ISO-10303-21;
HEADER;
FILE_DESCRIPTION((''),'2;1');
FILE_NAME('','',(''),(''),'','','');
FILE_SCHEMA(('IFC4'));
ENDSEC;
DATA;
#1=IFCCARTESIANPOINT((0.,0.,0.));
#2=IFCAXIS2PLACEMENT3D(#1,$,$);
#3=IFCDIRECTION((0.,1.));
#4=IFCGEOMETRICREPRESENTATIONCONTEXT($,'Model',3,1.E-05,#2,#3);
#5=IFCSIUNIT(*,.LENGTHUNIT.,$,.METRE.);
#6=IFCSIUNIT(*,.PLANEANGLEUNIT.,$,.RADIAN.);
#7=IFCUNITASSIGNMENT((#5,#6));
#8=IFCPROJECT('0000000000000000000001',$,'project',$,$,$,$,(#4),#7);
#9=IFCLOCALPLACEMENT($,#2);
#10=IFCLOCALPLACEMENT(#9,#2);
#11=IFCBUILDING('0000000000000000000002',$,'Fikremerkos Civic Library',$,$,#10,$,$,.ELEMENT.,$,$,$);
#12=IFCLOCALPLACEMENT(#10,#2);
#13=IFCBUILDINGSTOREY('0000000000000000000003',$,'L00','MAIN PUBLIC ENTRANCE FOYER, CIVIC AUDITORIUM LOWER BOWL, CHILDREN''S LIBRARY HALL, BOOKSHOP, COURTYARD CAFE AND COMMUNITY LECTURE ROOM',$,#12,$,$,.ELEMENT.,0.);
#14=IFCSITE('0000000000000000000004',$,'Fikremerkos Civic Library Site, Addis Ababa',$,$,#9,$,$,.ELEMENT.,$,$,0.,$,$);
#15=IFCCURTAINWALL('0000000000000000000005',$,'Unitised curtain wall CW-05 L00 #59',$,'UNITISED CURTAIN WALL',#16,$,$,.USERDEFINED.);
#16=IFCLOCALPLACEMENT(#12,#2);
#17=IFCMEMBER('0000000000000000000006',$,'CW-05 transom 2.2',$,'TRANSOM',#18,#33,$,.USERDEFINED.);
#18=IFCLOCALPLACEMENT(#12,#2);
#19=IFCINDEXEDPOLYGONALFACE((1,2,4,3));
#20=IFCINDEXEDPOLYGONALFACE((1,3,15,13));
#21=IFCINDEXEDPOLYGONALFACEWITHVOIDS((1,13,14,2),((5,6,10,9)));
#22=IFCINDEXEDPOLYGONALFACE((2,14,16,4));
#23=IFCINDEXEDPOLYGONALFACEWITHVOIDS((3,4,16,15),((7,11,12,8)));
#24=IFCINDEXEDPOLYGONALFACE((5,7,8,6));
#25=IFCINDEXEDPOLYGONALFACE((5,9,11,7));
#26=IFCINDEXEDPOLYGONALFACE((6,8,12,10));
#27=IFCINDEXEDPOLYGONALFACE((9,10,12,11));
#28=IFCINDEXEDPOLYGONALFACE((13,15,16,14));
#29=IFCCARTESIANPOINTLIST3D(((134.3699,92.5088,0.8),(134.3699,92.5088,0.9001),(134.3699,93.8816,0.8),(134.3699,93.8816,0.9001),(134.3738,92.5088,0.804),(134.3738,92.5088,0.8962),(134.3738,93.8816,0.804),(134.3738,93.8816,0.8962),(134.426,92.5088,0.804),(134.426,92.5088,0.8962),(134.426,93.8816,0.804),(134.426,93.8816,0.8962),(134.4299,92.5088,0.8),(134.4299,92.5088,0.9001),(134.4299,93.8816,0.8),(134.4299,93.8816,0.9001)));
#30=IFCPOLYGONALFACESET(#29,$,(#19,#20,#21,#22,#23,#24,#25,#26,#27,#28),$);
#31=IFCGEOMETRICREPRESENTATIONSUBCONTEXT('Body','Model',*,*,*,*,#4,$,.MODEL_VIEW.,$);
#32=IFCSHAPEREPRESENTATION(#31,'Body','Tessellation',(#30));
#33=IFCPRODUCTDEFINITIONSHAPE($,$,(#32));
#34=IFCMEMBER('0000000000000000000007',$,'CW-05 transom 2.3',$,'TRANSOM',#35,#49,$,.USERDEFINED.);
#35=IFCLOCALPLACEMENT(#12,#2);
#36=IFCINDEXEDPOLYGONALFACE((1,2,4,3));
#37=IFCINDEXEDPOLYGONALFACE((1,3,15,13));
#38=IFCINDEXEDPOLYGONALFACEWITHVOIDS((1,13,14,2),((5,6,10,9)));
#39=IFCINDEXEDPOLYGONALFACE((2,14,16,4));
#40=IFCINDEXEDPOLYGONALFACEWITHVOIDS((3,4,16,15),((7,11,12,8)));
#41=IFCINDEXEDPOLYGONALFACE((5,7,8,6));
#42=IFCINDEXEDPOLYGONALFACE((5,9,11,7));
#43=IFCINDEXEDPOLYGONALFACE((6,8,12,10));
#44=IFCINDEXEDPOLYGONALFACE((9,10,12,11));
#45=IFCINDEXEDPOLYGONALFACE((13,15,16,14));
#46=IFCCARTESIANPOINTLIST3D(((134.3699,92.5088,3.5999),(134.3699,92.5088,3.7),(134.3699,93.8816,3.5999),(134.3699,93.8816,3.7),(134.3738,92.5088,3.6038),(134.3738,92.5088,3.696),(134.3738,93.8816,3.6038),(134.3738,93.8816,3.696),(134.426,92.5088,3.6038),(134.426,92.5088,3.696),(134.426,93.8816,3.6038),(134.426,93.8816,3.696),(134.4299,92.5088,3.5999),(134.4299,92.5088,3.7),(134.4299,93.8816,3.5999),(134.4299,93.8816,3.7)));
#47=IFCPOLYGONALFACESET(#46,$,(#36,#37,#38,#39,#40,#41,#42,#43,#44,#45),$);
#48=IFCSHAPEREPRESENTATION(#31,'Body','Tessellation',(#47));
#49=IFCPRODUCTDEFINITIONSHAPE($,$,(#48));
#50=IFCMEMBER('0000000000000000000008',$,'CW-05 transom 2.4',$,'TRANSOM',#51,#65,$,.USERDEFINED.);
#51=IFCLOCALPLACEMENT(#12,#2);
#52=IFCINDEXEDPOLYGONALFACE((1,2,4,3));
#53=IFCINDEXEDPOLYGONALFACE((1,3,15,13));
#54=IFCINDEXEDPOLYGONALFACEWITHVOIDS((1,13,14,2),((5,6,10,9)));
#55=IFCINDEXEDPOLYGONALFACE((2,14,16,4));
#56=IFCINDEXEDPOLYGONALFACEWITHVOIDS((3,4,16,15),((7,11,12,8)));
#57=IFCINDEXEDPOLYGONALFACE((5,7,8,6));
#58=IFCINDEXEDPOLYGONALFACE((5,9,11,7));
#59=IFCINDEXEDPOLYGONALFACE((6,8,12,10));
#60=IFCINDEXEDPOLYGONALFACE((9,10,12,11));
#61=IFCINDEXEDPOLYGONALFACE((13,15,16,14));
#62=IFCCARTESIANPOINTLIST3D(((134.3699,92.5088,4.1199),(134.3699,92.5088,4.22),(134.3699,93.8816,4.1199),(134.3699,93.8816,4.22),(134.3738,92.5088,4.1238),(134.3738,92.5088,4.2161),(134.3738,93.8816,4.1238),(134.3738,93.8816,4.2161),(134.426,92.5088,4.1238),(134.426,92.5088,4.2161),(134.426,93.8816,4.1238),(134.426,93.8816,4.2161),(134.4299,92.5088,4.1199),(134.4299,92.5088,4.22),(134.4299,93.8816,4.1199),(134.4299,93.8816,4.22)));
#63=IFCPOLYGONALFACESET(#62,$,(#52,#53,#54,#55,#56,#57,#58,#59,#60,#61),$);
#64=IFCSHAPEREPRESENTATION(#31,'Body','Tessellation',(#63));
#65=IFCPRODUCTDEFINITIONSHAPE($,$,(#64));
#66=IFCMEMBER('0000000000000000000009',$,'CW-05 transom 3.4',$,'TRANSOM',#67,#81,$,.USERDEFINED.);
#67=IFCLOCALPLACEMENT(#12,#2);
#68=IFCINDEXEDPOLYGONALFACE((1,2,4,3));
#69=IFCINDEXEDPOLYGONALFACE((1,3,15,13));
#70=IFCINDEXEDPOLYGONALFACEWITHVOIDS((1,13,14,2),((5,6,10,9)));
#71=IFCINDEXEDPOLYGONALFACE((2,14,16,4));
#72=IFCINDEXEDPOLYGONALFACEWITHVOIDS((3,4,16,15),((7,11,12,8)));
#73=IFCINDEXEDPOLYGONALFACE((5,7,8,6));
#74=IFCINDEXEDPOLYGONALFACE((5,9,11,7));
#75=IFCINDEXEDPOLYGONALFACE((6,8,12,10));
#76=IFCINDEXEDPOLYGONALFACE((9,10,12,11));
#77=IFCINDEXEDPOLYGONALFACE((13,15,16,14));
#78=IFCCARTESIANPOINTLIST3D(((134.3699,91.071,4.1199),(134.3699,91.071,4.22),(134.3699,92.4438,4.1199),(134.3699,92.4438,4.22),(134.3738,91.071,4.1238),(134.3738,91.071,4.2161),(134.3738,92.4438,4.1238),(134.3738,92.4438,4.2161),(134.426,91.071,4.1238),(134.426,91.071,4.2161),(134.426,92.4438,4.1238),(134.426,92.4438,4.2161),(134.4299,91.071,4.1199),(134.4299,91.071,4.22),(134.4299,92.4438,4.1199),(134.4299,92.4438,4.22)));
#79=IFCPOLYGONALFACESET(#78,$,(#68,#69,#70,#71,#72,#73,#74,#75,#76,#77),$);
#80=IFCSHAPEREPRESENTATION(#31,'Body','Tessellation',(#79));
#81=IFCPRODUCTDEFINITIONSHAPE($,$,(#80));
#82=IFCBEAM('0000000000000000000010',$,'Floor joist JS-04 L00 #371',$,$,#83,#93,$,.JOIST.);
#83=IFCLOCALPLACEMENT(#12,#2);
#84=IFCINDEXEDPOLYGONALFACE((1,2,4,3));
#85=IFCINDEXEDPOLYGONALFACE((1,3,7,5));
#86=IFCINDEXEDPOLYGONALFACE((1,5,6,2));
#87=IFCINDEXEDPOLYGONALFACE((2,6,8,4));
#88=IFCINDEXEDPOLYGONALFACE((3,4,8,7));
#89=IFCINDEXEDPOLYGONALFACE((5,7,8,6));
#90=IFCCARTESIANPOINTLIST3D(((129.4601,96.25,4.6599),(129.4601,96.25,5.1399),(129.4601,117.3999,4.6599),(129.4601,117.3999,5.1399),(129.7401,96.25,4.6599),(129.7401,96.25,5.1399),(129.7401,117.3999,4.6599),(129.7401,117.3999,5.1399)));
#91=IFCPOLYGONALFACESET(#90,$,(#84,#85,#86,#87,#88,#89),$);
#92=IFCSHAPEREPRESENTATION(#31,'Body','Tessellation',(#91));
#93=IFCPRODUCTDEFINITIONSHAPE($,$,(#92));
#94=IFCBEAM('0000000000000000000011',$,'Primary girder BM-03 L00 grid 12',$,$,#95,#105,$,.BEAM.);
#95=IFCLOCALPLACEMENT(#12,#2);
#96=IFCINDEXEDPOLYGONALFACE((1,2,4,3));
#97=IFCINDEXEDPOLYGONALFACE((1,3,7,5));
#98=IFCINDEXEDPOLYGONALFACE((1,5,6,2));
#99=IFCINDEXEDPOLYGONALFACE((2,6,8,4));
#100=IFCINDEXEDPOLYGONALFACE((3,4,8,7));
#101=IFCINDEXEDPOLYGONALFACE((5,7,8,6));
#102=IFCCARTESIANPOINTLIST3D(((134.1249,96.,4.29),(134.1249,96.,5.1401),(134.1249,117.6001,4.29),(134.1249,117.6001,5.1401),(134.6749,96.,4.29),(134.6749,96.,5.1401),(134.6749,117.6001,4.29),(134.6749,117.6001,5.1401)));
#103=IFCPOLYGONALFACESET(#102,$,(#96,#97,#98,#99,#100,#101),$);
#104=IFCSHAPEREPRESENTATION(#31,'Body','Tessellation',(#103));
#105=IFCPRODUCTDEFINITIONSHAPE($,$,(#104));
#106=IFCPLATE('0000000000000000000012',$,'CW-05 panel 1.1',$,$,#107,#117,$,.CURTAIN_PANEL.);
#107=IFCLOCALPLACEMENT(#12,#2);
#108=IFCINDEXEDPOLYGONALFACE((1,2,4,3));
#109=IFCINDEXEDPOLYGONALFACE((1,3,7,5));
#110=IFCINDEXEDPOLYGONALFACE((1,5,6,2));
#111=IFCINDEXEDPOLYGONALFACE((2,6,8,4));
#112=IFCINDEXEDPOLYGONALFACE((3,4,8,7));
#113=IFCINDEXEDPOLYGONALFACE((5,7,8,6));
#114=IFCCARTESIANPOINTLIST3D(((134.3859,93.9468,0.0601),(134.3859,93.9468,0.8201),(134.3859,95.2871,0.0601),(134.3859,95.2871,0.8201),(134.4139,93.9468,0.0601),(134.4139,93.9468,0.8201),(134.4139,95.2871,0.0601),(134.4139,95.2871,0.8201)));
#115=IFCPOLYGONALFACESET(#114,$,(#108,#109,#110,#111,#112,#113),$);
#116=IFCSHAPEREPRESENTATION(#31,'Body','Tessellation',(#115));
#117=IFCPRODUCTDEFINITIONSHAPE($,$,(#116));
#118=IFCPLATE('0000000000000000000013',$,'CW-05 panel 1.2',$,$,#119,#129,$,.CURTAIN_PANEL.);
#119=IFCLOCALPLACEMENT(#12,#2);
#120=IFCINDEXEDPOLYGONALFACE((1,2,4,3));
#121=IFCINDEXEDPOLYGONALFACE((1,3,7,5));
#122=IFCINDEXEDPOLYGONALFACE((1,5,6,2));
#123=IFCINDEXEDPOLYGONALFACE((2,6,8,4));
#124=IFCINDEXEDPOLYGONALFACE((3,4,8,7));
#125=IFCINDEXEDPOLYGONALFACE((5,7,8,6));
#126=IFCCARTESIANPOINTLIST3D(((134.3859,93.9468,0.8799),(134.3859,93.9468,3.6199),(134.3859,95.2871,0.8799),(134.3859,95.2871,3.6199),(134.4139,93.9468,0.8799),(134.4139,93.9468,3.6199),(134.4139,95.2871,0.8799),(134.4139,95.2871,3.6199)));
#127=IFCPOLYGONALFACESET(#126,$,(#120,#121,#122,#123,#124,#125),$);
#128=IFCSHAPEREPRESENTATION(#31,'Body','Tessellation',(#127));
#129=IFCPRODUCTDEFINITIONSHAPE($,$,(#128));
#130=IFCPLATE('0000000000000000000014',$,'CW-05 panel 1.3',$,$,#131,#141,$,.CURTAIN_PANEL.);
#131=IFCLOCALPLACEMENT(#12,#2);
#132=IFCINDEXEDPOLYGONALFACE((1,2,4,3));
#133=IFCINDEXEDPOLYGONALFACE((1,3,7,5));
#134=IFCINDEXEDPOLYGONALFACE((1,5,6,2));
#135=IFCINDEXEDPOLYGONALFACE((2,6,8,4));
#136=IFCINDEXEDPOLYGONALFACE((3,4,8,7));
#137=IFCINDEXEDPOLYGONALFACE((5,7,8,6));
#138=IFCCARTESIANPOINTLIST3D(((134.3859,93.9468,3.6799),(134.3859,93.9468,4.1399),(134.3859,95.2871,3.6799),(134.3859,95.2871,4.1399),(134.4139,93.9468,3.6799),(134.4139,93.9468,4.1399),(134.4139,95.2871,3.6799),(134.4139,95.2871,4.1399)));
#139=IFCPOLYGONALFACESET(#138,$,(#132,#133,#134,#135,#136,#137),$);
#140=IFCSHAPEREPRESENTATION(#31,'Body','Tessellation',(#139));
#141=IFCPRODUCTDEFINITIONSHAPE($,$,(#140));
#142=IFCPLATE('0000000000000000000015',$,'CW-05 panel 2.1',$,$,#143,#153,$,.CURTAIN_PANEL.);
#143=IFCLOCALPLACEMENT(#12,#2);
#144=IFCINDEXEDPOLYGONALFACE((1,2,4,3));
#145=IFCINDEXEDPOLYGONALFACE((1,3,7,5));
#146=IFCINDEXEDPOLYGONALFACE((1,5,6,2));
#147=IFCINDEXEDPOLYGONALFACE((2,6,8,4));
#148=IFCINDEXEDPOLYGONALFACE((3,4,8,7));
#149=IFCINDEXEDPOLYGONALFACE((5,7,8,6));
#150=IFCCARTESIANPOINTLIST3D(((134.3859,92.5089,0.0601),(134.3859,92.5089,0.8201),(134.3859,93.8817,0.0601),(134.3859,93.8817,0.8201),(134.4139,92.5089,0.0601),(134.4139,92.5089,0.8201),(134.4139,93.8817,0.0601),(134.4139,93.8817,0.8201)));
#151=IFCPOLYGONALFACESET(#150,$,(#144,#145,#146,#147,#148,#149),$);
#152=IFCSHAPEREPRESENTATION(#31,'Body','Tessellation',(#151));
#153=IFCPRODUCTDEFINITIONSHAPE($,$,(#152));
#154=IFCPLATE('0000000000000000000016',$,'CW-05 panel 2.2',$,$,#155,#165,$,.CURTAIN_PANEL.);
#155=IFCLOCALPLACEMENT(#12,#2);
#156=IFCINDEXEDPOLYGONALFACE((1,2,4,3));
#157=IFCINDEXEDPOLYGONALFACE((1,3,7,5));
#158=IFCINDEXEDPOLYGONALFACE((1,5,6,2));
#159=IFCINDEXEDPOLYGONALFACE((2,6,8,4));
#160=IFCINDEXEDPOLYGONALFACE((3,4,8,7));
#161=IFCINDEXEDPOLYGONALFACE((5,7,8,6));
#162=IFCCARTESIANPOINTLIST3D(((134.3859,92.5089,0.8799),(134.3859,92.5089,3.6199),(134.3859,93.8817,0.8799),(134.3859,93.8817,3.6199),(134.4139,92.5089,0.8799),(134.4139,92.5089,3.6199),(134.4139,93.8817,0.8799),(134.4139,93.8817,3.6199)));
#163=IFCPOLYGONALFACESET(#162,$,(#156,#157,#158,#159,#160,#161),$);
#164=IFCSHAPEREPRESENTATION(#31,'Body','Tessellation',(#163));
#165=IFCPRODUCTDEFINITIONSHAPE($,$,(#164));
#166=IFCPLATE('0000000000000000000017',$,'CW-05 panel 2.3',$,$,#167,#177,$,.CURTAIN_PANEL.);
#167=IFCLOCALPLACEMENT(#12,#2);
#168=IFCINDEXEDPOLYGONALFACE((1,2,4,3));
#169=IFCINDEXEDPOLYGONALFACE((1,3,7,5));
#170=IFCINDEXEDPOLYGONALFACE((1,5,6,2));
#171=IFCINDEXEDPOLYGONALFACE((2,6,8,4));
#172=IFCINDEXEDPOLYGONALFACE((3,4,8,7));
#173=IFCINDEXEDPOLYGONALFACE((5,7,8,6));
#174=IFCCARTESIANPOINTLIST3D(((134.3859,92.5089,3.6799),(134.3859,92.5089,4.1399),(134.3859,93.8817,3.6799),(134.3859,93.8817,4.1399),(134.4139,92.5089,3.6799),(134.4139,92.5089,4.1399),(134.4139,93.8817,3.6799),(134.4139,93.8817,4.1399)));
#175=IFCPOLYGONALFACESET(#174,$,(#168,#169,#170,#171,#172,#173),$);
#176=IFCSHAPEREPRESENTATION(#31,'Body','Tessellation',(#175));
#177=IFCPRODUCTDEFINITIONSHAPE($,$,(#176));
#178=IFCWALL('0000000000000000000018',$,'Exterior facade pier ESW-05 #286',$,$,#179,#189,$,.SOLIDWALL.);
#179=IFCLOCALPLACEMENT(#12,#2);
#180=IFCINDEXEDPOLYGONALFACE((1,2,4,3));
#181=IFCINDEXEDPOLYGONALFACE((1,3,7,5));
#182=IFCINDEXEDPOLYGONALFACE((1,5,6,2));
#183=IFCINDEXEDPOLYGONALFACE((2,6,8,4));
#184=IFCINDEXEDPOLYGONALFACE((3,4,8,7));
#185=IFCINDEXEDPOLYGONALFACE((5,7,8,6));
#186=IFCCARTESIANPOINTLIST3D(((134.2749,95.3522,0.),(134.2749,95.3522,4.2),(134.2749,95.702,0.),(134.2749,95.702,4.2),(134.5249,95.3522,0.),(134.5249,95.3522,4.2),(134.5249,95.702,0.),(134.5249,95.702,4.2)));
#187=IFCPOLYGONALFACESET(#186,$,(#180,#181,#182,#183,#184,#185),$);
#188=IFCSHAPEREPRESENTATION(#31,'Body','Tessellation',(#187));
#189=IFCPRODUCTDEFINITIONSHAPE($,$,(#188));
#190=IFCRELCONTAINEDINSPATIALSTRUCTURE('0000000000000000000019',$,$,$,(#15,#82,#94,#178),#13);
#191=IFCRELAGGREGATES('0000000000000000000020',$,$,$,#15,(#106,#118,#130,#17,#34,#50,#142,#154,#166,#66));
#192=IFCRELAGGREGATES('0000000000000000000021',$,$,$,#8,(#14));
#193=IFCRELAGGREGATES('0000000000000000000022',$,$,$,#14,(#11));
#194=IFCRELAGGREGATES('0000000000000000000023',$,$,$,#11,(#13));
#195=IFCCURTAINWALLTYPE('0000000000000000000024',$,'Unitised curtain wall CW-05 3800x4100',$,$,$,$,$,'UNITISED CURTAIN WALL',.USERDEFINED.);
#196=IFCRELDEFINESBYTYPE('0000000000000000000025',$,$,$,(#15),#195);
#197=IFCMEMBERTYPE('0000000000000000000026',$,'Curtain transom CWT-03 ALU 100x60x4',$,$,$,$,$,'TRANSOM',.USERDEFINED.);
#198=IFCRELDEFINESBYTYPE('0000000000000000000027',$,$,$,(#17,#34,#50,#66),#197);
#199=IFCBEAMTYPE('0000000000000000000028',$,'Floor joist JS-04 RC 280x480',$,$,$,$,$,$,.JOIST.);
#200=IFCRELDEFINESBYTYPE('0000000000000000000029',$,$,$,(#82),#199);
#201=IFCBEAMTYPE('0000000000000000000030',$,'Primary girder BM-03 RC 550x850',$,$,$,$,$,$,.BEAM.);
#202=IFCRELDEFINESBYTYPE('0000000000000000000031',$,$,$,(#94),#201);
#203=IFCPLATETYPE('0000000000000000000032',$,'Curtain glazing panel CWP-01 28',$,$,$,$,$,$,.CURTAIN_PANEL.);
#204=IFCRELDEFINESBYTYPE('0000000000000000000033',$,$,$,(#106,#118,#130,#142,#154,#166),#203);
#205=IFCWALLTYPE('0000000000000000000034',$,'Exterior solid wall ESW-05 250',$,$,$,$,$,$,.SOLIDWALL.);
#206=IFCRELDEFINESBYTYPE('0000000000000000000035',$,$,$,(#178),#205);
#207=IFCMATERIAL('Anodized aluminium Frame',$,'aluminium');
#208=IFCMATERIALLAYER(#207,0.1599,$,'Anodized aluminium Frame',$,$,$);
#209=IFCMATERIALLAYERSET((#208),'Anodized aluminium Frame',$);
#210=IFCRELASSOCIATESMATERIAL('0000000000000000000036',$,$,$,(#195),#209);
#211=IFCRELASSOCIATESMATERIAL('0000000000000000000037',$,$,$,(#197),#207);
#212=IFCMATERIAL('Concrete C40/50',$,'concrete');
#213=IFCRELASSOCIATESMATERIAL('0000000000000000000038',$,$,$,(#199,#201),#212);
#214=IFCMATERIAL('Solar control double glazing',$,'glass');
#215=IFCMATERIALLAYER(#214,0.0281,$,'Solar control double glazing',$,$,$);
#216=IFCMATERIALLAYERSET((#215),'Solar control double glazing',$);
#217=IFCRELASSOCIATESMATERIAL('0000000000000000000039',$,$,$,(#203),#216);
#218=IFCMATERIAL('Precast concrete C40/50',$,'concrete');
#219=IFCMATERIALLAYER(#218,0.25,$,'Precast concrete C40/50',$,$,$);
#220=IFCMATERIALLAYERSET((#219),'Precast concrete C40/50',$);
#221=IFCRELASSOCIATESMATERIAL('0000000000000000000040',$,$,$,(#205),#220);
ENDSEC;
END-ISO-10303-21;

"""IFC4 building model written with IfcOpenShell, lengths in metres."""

from ifc_helpers import new_model, si_unit, direction, frame, frame_2d, origin, origin_2d, place, context, subcontext, project, spatial, rectangle, hollow_rectangle, extrude, material, layer, layer_set, material_profile, profile_set, type_object, element, aggregate, save


model = new_model("IFC4")

# Units and contexts
model_context = context("Model", 3, precision=1e-05, world=origin(), true_north=direction((0.0, 1.0)))
body_context = subcontext(model_context, "Body", "Model", "MODEL_VIEW")
ifc_project = project(units=[si_unit("LENGTHUNIT", "METRE"), si_unit("PLANEANGLEUNIT", "RADIAN")], contexts=[model_context])

# Site, building, storey
site_placement = place(None, origin())
site = spatial("IfcSite", under=ifc_project, at=site_placement, Name="Fikremerkos Civic Library Site, Addis Ababa", CompositionType="ELEMENT", RefElevation=0.0)
building_placement = place(site_placement, origin())
building = spatial("IfcBuilding", under=site, at=building_placement, Name="Fikremerkos Civic Library", CompositionType="ELEMENT")
storey_placement = place(building_placement, origin())
storey = spatial("IfcBuildingStorey", under=building, at=storey_placement, Name="L00", Description="MAIN PUBLIC ENTRANCE FOYER, CIVIC AUDITORIUM LOWER BOWL, CHILDREN'S LIBRARY HALL, BOOKSHOP, COURTYARD CAFE AND COMMUNITY LECTURE ROOM", CompositionType="ELEMENT", Elevation=0.0)

# Shared definitions
ifc_material_1 = material(Name="Concrete C40/50", Category="concrete")

# Curtain wall, members
ifc_material_2 = material(Name="Anodized aluminium Frame", Category="aluminium")
ifc_layer_1 = layer(ifc_material_2, 0.1599, Name="Anodized aluminium Frame")
ifc_layer_set_1 = layer_set([ifc_layer_1], Name="Anodized aluminium Frame")
curtain_wall_type = type_object("IfcCurtainWallType", Name="Unitised curtain wall CW-05 3800x4100", ElementType="UNITISED CURTAIN WALL", PredefinedType="USERDEFINED", material=ifc_layer_set_1)
curtain_wall_placement = place(storey_placement, origin())
curtain_wall = element("IfcCurtainWall", 1, at=curtain_wall_placement, inside=storey, type_object=curtain_wall_type, Name="Unitised curtain wall CW-05 L00 #59", ObjectType="UNITISED CURTAIN WALL", PredefinedType="USERDEFINED")
ifc_material_profile_1 = material_profile(ifc_material_2, hollow_rectangle(XDim=0.0601, YDim=0.1001, WallThickness=0.0039, at=origin_2d()), Name="ALU 100x60x4")
ifc_profile_set_1 = profile_set([ifc_material_profile_1], Name="Anodized aluminium Frame")
member_type_1 = type_object("IfcMemberType", Name="Curtain transom CWT-03 ALU 100x60x4", ElementType="TRANSOM", PredefinedType="USERDEFINED", material=ifc_profile_set_1)
member_1_placement = place(storey_placement, frame((134.3999, 93.8816, 0.8501), z_axis=(0.0, -1.0, 0.0), x_axis=(1.0, 0.0, 0.0)))
member_1 = element("IfcMember", 2, at=member_1_placement, type_object=member_type_1, Name="CW-05 transom 2.2", ObjectType="TRANSOM", PredefinedType="USERDEFINED", context=body_context, shape_type="SweptSolid", body=[
    extrude(hollow_rectangle(XDim=0.0601, YDim=0.1001, WallThickness=0.0039, at=origin_2d()), origin(), (0.0, 0.0, 1.0), 1.3728),
])
member_2_placement = place(storey_placement, frame((134.3999, 93.8816, 3.6499), z_axis=(0.0, -1.0, 0.0), x_axis=(1.0, 0.0, 0.0)))
member_2 = element("IfcMember", 3, at=member_2_placement, type_object=member_type_1, Name="CW-05 transom 2.3", ObjectType="TRANSOM", PredefinedType="USERDEFINED", context=body_context, shape_type="SweptSolid", body=[
    extrude(hollow_rectangle(XDim=0.0601, YDim=0.1001, WallThickness=0.0039, at=origin_2d()), origin(), (0.0, 0.0, 1.0), 1.3728),
])
member_3_placement = place(storey_placement, frame((134.3999, 93.8816, 4.1699), z_axis=(0.0, -1.0, 0.0), x_axis=(1.0, 0.0, 0.0)))
member_3 = element("IfcMember", 4, at=member_3_placement, type_object=member_type_1, Name="CW-05 transom 2.4", ObjectType="TRANSOM", PredefinedType="USERDEFINED", context=body_context, shape_type="SweptSolid", body=[
    extrude(hollow_rectangle(XDim=0.0601, YDim=0.1001, WallThickness=0.0039, at=origin_2d()), origin(), (0.0, 0.0, 1.0), 1.3728),
])
member_4_placement = place(storey_placement, frame((134.3999, 92.4438, 4.1699), z_axis=(0.0, -1.0, 0.0), x_axis=(1.0, 0.0, 0.0)))
member_4 = element("IfcMember", 5, at=member_4_placement, type_object=member_type_1, Name="CW-05 transom 3.4", ObjectType="TRANSOM", PredefinedType="USERDEFINED", context=body_context, shape_type="SweptSolid", body=[
    extrude(hollow_rectangle(XDim=0.0601, YDim=0.1001, WallThickness=0.0039, at=origin_2d()), origin(), (0.0, 0.0, 1.0), 1.3728),
])

# Beams
ifc_material_profile_2 = material_profile(ifc_material_1, rectangle(XDim=0.28, YDim=0.48, at=origin_2d()), Name="RC 280x480")
ifc_profile_set_2 = profile_set([ifc_material_profile_2], Name="Concrete C40/50")
beam_type_1 = type_object("IfcBeamType", Name="Floor joist JS-04 RC 280x480", PredefinedType="JOIST", material=ifc_profile_set_2)
beam_1_placement = place(storey_placement, frame((129.6001, 96.25, 4.8999), z_axis=(0.0, 1.0, 0.0), x_axis=(-1.0, 0.0, 0.0)))
element("IfcBeam", 6, at=beam_1_placement, inside=storey, type_object=beam_type_1, Name="Floor joist JS-04 L00 #371", PredefinedType="JOIST", context=body_context, shape_type="SweptSolid", body=[
    extrude(rectangle(XDim=0.28, YDim=0.48, at=origin_2d()), origin(), (0.0, 0.0, 1.0), 21.1499),
])
ifc_material_profile_3 = material_profile(ifc_material_1, rectangle(XDim=0.55, YDim=0.8501, at=origin_2d()), Name="RC 550x850")
ifc_profile_set_3 = profile_set([ifc_material_profile_3], Name="Concrete C40/50")
beam_type_2 = type_object("IfcBeamType", Name="Primary girder BM-03 RC 550x850", PredefinedType="BEAM", material=ifc_profile_set_3)
beam_2_placement = place(storey_placement, frame((134.3999, 96.0, 4.7151), z_axis=(0.0, 1.0, 0.0), x_axis=(-1.0, 0.0, 0.0)))
element("IfcBeam", 7, at=beam_2_placement, inside=storey, type_object=beam_type_2, Name="Primary girder BM-03 L00 grid 12", PredefinedType="BEAM", context=body_context, shape_type="SweptSolid", body=[
    extrude(rectangle(XDim=0.55, YDim=0.8501, at=origin_2d()), origin(), (0.0, 0.0, 1.0), 21.6001),
])

# Plates
ifc_material_3 = material(Name="Solar control double glazing", Category="glass")
ifc_layer_2 = layer(ifc_material_3, 0.0281, Name="Solar control double glazing")
ifc_layer_set_2 = layer_set([ifc_layer_2], Name="Solar control double glazing")
plate_type = type_object("IfcPlateType", Name="Curtain glazing panel CWP-01 28", PredefinedType="CURTAIN_PANEL", material=ifc_layer_set_2)
plate_1_placement = place(storey_placement, frame((134.3999, 94.6169, 0.0601), z_axis=(0.0, 0.0, 1.0), x_axis=(0.0, -1.0, 0.0)))
plate_1 = element("IfcPlate", 8, at=plate_1_placement, type_object=plate_type, Name="CW-05 panel 1.1", PredefinedType="CURTAIN_PANEL", context=body_context, shape_type="SweptSolid", body=[
    extrude(rectangle(XDim=1.3403, YDim=0.0281, at=origin_2d()), origin(), (0.0, 0.0, 1.0), 0.76),
])
plate_2_placement = place(storey_placement, frame((134.3999, 94.6169, 0.8799), z_axis=(0.0, 0.0, 1.0), x_axis=(0.0, -1.0, 0.0)))
plate_2 = element("IfcPlate", 9, at=plate_2_placement, type_object=plate_type, Name="CW-05 panel 1.2", PredefinedType="CURTAIN_PANEL", context=body_context, shape_type="SweptSolid", body=[
    extrude(rectangle(XDim=1.3403, YDim=0.0281, at=origin_2d()), origin(), (0.0, 0.0, 1.0), 2.74),
])
plate_3_placement = place(storey_placement, frame((134.3999, 94.6169, 3.6799), z_axis=(0.0, 0.0, 1.0), x_axis=(0.0, -1.0, 0.0)))
plate_3 = element("IfcPlate", 10, at=plate_3_placement, type_object=plate_type, Name="CW-05 panel 1.3", PredefinedType="CURTAIN_PANEL", context=body_context, shape_type="SweptSolid", body=[
    extrude(rectangle(XDim=1.3403, YDim=0.0281, at=origin_2d()), origin(), (0.0, 0.0, 1.0), 0.46),
])
plate_4_placement = place(storey_placement, frame((134.3999, 93.1953, 0.0601), z_axis=(0.0, 0.0, 1.0), x_axis=(0.0, -1.0, 0.0)))
plate_4 = element("IfcPlate", 11, at=plate_4_placement, type_object=plate_type, Name="CW-05 panel 2.1", PredefinedType="CURTAIN_PANEL", context=body_context, shape_type="SweptSolid", body=[
    extrude(rectangle(XDim=1.3728, YDim=0.0281, at=origin_2d()), origin(), (0.0, 0.0, 1.0), 0.76),
])
plate_5_placement = place(storey_placement, frame((134.3999, 93.1953, 0.8799), z_axis=(0.0, 0.0, 1.0), x_axis=(0.0, -1.0, 0.0)))
plate_5 = element("IfcPlate", 12, at=plate_5_placement, type_object=plate_type, Name="CW-05 panel 2.2", PredefinedType="CURTAIN_PANEL", context=body_context, shape_type="SweptSolid", body=[
    extrude(rectangle(XDim=1.3728, YDim=0.0281, at=origin_2d()), origin(), (0.0, 0.0, 1.0), 2.74),
])
plate_6_placement = place(storey_placement, frame((134.3999, 93.1953, 3.6799), z_axis=(0.0, 0.0, 1.0), x_axis=(0.0, -1.0, 0.0)))
plate_6 = element("IfcPlate", 13, at=plate_6_placement, type_object=plate_type, Name="CW-05 panel 2.3", PredefinedType="CURTAIN_PANEL", context=body_context, shape_type="SweptSolid", body=[
    extrude(rectangle(XDim=1.3728, YDim=0.0281, at=origin_2d()), origin(), (0.0, 0.0, 1.0), 0.46),
])
aggregate(curtain_wall, [plate_1, plate_2, plate_3, member_1, member_2, member_3, plate_4, plate_5, plate_6, member_4])

# Wall
ifc_material_4 = material(Name="Precast concrete C40/50", Category="concrete")
ifc_layer_3 = layer(ifc_material_4, 0.25, Name="Precast concrete C40/50")
ifc_layer_set_3 = layer_set([ifc_layer_3], Name="Precast concrete C40/50")
wall_type = type_object("IfcWallType", Name="Exterior solid wall ESW-05 250", PredefinedType="SOLIDWALL", material=ifc_layer_set_3)
wall_placement = place(storey_placement, frame((134.3999, 95.7019, 0.0), z_axis=(0.0, 0.0, 1.0), x_axis=(0.0, -1.0, 0.0)))
element("IfcWall", 14, at=wall_placement, inside=storey, type_object=wall_type, Name="Exterior facade pier ESW-05 #286", PredefinedType="SOLIDWALL", context=body_context, shape_type="SweptSolid", body=[
    extrude(rectangle(XDim=0.3499, YDim=0.25, at=frame_2d((0.1748, 0.0))), origin(), (0.0, 0.0, 1.0), 4.2),
])

save(model, "model.ifc")
